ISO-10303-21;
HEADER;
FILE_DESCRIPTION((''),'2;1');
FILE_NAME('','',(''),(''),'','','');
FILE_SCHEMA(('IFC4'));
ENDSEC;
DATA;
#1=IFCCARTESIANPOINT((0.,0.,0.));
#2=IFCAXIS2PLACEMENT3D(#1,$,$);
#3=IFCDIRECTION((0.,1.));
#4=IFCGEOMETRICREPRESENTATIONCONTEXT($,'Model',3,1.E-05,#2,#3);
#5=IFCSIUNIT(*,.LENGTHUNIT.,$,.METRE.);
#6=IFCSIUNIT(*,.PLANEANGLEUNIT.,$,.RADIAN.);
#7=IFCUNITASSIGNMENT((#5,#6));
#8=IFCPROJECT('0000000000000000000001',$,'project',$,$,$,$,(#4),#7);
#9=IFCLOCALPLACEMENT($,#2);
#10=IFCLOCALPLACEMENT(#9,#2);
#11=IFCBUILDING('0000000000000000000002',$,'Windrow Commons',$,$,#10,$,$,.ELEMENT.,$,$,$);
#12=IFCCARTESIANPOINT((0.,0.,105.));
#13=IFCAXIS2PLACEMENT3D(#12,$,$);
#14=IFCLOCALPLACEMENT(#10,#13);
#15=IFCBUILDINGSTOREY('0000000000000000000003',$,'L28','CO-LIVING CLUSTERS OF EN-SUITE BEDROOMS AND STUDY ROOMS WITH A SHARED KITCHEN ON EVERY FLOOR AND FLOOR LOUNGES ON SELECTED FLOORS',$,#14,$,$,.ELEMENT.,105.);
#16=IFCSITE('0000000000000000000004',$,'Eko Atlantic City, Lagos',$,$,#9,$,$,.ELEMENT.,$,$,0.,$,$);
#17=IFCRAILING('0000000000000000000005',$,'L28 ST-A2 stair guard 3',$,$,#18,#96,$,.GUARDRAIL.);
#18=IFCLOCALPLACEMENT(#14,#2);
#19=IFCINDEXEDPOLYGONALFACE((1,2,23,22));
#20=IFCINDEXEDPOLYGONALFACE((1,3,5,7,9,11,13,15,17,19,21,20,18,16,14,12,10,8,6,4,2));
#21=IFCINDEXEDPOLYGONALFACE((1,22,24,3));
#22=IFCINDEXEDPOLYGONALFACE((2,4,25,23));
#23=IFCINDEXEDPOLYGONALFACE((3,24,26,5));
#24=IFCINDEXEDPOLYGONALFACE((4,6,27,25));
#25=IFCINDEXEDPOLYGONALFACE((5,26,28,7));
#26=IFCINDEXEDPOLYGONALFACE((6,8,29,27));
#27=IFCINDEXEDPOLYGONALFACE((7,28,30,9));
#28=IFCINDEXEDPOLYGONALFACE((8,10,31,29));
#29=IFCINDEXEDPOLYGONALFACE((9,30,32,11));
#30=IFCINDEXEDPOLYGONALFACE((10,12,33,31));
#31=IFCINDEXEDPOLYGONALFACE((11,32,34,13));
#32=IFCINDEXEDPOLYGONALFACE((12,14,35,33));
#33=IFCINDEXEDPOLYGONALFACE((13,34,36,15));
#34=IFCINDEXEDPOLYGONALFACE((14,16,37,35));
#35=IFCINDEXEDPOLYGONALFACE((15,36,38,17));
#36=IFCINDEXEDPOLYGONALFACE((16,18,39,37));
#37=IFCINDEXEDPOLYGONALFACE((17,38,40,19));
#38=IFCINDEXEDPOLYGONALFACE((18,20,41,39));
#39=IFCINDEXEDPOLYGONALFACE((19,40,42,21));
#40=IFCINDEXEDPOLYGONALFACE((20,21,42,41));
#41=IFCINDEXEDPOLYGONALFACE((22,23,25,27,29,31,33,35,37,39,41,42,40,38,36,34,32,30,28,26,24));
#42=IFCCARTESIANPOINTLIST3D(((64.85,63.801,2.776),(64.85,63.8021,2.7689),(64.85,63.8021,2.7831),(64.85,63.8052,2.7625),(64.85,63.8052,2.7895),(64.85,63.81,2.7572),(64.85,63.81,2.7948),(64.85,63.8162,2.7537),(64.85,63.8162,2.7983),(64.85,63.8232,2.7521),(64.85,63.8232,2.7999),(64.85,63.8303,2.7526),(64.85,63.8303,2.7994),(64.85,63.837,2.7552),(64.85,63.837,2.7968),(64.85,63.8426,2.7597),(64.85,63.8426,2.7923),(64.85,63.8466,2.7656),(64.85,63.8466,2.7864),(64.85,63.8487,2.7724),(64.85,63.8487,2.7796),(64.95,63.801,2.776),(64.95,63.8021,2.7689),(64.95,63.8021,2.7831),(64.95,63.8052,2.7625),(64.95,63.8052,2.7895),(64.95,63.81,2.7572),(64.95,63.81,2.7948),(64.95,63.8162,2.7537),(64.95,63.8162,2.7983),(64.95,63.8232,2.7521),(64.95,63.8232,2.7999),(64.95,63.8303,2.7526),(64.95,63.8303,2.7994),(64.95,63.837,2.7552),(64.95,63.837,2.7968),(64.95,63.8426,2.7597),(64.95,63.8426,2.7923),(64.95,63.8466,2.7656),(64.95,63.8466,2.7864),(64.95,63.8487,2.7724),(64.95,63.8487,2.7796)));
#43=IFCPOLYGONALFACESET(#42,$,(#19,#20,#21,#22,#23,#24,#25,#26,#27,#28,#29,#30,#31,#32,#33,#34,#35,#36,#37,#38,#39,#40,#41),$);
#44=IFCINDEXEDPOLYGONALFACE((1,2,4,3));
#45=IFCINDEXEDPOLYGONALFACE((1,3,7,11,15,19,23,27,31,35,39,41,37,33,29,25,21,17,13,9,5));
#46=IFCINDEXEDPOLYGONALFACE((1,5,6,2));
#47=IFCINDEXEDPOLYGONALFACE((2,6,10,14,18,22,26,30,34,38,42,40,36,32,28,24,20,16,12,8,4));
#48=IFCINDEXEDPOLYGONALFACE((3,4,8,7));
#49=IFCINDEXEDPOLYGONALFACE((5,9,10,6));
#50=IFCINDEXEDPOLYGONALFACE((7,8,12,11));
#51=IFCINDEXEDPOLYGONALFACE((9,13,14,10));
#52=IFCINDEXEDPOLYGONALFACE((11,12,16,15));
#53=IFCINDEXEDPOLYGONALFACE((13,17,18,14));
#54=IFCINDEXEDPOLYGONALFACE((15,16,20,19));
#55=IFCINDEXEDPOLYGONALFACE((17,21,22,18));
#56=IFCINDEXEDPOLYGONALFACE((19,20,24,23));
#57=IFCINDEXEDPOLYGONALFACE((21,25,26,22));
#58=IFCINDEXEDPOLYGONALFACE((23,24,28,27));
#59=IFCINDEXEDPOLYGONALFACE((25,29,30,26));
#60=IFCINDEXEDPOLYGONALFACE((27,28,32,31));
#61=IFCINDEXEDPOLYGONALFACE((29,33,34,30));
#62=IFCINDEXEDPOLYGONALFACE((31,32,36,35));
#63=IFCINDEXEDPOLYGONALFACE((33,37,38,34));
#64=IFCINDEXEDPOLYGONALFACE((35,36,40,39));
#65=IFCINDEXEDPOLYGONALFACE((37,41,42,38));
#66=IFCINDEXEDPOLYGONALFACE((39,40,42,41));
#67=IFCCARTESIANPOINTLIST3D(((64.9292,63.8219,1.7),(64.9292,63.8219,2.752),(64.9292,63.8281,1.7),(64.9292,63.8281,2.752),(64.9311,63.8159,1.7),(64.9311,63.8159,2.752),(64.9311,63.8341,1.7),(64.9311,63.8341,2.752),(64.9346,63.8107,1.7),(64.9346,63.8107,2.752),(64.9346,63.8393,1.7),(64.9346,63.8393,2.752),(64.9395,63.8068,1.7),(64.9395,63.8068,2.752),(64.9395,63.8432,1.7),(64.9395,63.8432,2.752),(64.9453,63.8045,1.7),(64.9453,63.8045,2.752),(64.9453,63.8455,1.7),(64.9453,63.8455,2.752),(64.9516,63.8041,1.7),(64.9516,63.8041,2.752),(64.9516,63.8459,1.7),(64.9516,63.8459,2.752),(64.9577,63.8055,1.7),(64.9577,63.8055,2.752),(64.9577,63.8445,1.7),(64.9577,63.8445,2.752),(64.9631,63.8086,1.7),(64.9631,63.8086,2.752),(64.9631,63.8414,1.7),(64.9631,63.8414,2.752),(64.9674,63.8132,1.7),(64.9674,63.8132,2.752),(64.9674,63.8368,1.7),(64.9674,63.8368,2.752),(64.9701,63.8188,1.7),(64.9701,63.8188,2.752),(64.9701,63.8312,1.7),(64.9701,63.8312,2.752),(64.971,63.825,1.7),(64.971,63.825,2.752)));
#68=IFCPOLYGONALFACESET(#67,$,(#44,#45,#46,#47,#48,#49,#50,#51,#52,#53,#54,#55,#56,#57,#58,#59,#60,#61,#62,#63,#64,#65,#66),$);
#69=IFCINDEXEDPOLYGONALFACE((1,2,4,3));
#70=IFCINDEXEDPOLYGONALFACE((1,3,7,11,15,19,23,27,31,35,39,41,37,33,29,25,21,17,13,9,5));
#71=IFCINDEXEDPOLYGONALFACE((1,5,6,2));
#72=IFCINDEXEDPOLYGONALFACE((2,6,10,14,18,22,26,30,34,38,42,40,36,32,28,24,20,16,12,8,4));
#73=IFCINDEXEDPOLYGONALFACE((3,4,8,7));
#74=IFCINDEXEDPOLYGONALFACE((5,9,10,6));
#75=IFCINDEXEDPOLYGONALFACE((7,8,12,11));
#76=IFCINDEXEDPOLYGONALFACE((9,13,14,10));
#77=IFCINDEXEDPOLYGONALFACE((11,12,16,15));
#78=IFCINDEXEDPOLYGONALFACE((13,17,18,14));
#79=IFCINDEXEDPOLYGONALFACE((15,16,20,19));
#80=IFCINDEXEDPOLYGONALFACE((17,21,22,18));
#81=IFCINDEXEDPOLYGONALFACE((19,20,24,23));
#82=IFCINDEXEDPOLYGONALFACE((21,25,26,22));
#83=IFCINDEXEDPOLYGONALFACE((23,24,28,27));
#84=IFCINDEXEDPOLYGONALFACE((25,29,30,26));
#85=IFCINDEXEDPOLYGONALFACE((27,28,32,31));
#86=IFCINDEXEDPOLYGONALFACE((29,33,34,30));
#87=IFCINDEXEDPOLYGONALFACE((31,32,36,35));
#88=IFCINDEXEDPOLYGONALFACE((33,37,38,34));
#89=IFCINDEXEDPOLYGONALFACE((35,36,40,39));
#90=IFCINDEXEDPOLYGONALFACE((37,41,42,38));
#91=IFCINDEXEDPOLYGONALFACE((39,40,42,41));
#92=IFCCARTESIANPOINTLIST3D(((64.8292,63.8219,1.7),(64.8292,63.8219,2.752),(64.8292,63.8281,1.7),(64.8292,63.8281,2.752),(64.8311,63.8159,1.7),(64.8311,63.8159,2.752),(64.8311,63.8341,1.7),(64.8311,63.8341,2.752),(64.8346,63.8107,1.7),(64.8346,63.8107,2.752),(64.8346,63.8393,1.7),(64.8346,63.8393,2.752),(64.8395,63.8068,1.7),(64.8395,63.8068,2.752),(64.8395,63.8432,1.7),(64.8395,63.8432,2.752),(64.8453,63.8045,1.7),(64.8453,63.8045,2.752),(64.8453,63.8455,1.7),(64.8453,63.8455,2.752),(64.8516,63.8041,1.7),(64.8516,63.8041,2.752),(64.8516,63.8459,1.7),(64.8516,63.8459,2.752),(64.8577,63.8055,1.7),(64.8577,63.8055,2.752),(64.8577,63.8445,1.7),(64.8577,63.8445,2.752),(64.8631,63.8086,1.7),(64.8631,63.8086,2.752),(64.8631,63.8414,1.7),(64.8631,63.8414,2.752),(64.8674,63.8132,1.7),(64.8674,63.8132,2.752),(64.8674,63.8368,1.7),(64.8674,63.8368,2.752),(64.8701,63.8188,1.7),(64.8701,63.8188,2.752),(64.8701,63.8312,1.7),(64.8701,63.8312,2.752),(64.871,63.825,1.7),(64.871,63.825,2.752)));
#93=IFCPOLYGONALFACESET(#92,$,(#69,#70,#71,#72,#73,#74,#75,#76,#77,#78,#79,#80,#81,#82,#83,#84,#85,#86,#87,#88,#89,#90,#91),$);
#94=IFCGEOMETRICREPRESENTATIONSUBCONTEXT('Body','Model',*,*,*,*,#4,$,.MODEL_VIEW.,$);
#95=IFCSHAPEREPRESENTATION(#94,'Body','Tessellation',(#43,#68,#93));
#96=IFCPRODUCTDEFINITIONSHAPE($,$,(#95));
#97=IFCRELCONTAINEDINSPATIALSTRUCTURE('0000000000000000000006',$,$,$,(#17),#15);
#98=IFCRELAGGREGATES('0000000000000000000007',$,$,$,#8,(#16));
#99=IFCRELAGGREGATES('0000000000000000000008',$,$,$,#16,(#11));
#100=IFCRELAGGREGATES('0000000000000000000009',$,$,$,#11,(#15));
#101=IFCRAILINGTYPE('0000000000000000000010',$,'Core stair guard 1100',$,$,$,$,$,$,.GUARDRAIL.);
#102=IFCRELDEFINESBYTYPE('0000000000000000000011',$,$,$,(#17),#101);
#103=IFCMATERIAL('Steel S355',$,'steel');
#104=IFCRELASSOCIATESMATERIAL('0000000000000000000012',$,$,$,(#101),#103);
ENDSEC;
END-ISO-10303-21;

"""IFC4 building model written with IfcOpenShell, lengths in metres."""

from ifc_helpers import new_model, si_unit, direction, frame, origin, origin_2d, place, context, subcontext, project, spatial, circle, extrude, material, type_object, element, save


model = new_model("IFC4")

# Units and contexts
model_context = context("Model", 3, precision=1e-05, world=origin(), true_north=direction((0.0, 1.0)))
body_context = subcontext(model_context, "Body", "Model", "MODEL_VIEW")
ifc_project = project(units=[si_unit("LENGTHUNIT", "METRE"), si_unit("PLANEANGLEUNIT", "RADIAN")], contexts=[model_context])

# Site, building, storey
site_placement = place(None, origin())
site = spatial("IfcSite", under=ifc_project, at=site_placement, Name="Eko Atlantic City, Lagos", CompositionType="ELEMENT", RefElevation=0.0)
building_placement = place(site_placement, origin())
building = spatial("IfcBuilding", under=site, at=building_placement, Name="Windrow Commons", CompositionType="ELEMENT")
storey_placement = place(building_placement, frame((0.0, 0.0, 105.0)))
storey = spatial("IfcBuildingStorey", under=building, at=storey_placement, Name="L28", Description="CO-LIVING CLUSTERS OF EN-SUITE BEDROOMS AND STUDY ROOMS WITH A SHARED KITCHEN ON EVERY FLOOR AND FLOOR LOUNGES ON SELECTED FLOORS", CompositionType="ELEMENT", Elevation=105.0)

# Railing
ifc_material_1 = material(Name="Steel S355", Category="steel")
railing_type_1 = type_object("IfcRailingType", Name="Core stair guard 1100", PredefinedType="GUARDRAIL", material=ifc_material_1)
railing_1_placement = place(storey_placement, frame((64.95, 63.825, 1.7)))
element("IfcRailing", 1, at=railing_1_placement, inside=storey, type_object=railing_type_1, Name="L28 ST-A2 stair guard 3", PredefinedType="GUARDRAIL", context=body_context, shape_type="SweptSolid", body=[
    extrude(circle(Radius=0.024, at=origin_2d()), frame((0.0, 0.0, 1.076), z_axis=(-1.0, 0.0, 0.0), x_axis=(0.0, -1.0, 0.0)), (0.0, 0.0, 1.0), 0.1),
    extrude(circle(Radius=0.021, at=origin_2d()), origin(), (0.0, 0.0, 1.0), 1.052),
    extrude(circle(Radius=0.021, at=origin_2d()), frame((-0.1, 0.0, 0.0)), (0.0, 0.0, 1.0), 1.052),
])

save(model, "model.ifc")
